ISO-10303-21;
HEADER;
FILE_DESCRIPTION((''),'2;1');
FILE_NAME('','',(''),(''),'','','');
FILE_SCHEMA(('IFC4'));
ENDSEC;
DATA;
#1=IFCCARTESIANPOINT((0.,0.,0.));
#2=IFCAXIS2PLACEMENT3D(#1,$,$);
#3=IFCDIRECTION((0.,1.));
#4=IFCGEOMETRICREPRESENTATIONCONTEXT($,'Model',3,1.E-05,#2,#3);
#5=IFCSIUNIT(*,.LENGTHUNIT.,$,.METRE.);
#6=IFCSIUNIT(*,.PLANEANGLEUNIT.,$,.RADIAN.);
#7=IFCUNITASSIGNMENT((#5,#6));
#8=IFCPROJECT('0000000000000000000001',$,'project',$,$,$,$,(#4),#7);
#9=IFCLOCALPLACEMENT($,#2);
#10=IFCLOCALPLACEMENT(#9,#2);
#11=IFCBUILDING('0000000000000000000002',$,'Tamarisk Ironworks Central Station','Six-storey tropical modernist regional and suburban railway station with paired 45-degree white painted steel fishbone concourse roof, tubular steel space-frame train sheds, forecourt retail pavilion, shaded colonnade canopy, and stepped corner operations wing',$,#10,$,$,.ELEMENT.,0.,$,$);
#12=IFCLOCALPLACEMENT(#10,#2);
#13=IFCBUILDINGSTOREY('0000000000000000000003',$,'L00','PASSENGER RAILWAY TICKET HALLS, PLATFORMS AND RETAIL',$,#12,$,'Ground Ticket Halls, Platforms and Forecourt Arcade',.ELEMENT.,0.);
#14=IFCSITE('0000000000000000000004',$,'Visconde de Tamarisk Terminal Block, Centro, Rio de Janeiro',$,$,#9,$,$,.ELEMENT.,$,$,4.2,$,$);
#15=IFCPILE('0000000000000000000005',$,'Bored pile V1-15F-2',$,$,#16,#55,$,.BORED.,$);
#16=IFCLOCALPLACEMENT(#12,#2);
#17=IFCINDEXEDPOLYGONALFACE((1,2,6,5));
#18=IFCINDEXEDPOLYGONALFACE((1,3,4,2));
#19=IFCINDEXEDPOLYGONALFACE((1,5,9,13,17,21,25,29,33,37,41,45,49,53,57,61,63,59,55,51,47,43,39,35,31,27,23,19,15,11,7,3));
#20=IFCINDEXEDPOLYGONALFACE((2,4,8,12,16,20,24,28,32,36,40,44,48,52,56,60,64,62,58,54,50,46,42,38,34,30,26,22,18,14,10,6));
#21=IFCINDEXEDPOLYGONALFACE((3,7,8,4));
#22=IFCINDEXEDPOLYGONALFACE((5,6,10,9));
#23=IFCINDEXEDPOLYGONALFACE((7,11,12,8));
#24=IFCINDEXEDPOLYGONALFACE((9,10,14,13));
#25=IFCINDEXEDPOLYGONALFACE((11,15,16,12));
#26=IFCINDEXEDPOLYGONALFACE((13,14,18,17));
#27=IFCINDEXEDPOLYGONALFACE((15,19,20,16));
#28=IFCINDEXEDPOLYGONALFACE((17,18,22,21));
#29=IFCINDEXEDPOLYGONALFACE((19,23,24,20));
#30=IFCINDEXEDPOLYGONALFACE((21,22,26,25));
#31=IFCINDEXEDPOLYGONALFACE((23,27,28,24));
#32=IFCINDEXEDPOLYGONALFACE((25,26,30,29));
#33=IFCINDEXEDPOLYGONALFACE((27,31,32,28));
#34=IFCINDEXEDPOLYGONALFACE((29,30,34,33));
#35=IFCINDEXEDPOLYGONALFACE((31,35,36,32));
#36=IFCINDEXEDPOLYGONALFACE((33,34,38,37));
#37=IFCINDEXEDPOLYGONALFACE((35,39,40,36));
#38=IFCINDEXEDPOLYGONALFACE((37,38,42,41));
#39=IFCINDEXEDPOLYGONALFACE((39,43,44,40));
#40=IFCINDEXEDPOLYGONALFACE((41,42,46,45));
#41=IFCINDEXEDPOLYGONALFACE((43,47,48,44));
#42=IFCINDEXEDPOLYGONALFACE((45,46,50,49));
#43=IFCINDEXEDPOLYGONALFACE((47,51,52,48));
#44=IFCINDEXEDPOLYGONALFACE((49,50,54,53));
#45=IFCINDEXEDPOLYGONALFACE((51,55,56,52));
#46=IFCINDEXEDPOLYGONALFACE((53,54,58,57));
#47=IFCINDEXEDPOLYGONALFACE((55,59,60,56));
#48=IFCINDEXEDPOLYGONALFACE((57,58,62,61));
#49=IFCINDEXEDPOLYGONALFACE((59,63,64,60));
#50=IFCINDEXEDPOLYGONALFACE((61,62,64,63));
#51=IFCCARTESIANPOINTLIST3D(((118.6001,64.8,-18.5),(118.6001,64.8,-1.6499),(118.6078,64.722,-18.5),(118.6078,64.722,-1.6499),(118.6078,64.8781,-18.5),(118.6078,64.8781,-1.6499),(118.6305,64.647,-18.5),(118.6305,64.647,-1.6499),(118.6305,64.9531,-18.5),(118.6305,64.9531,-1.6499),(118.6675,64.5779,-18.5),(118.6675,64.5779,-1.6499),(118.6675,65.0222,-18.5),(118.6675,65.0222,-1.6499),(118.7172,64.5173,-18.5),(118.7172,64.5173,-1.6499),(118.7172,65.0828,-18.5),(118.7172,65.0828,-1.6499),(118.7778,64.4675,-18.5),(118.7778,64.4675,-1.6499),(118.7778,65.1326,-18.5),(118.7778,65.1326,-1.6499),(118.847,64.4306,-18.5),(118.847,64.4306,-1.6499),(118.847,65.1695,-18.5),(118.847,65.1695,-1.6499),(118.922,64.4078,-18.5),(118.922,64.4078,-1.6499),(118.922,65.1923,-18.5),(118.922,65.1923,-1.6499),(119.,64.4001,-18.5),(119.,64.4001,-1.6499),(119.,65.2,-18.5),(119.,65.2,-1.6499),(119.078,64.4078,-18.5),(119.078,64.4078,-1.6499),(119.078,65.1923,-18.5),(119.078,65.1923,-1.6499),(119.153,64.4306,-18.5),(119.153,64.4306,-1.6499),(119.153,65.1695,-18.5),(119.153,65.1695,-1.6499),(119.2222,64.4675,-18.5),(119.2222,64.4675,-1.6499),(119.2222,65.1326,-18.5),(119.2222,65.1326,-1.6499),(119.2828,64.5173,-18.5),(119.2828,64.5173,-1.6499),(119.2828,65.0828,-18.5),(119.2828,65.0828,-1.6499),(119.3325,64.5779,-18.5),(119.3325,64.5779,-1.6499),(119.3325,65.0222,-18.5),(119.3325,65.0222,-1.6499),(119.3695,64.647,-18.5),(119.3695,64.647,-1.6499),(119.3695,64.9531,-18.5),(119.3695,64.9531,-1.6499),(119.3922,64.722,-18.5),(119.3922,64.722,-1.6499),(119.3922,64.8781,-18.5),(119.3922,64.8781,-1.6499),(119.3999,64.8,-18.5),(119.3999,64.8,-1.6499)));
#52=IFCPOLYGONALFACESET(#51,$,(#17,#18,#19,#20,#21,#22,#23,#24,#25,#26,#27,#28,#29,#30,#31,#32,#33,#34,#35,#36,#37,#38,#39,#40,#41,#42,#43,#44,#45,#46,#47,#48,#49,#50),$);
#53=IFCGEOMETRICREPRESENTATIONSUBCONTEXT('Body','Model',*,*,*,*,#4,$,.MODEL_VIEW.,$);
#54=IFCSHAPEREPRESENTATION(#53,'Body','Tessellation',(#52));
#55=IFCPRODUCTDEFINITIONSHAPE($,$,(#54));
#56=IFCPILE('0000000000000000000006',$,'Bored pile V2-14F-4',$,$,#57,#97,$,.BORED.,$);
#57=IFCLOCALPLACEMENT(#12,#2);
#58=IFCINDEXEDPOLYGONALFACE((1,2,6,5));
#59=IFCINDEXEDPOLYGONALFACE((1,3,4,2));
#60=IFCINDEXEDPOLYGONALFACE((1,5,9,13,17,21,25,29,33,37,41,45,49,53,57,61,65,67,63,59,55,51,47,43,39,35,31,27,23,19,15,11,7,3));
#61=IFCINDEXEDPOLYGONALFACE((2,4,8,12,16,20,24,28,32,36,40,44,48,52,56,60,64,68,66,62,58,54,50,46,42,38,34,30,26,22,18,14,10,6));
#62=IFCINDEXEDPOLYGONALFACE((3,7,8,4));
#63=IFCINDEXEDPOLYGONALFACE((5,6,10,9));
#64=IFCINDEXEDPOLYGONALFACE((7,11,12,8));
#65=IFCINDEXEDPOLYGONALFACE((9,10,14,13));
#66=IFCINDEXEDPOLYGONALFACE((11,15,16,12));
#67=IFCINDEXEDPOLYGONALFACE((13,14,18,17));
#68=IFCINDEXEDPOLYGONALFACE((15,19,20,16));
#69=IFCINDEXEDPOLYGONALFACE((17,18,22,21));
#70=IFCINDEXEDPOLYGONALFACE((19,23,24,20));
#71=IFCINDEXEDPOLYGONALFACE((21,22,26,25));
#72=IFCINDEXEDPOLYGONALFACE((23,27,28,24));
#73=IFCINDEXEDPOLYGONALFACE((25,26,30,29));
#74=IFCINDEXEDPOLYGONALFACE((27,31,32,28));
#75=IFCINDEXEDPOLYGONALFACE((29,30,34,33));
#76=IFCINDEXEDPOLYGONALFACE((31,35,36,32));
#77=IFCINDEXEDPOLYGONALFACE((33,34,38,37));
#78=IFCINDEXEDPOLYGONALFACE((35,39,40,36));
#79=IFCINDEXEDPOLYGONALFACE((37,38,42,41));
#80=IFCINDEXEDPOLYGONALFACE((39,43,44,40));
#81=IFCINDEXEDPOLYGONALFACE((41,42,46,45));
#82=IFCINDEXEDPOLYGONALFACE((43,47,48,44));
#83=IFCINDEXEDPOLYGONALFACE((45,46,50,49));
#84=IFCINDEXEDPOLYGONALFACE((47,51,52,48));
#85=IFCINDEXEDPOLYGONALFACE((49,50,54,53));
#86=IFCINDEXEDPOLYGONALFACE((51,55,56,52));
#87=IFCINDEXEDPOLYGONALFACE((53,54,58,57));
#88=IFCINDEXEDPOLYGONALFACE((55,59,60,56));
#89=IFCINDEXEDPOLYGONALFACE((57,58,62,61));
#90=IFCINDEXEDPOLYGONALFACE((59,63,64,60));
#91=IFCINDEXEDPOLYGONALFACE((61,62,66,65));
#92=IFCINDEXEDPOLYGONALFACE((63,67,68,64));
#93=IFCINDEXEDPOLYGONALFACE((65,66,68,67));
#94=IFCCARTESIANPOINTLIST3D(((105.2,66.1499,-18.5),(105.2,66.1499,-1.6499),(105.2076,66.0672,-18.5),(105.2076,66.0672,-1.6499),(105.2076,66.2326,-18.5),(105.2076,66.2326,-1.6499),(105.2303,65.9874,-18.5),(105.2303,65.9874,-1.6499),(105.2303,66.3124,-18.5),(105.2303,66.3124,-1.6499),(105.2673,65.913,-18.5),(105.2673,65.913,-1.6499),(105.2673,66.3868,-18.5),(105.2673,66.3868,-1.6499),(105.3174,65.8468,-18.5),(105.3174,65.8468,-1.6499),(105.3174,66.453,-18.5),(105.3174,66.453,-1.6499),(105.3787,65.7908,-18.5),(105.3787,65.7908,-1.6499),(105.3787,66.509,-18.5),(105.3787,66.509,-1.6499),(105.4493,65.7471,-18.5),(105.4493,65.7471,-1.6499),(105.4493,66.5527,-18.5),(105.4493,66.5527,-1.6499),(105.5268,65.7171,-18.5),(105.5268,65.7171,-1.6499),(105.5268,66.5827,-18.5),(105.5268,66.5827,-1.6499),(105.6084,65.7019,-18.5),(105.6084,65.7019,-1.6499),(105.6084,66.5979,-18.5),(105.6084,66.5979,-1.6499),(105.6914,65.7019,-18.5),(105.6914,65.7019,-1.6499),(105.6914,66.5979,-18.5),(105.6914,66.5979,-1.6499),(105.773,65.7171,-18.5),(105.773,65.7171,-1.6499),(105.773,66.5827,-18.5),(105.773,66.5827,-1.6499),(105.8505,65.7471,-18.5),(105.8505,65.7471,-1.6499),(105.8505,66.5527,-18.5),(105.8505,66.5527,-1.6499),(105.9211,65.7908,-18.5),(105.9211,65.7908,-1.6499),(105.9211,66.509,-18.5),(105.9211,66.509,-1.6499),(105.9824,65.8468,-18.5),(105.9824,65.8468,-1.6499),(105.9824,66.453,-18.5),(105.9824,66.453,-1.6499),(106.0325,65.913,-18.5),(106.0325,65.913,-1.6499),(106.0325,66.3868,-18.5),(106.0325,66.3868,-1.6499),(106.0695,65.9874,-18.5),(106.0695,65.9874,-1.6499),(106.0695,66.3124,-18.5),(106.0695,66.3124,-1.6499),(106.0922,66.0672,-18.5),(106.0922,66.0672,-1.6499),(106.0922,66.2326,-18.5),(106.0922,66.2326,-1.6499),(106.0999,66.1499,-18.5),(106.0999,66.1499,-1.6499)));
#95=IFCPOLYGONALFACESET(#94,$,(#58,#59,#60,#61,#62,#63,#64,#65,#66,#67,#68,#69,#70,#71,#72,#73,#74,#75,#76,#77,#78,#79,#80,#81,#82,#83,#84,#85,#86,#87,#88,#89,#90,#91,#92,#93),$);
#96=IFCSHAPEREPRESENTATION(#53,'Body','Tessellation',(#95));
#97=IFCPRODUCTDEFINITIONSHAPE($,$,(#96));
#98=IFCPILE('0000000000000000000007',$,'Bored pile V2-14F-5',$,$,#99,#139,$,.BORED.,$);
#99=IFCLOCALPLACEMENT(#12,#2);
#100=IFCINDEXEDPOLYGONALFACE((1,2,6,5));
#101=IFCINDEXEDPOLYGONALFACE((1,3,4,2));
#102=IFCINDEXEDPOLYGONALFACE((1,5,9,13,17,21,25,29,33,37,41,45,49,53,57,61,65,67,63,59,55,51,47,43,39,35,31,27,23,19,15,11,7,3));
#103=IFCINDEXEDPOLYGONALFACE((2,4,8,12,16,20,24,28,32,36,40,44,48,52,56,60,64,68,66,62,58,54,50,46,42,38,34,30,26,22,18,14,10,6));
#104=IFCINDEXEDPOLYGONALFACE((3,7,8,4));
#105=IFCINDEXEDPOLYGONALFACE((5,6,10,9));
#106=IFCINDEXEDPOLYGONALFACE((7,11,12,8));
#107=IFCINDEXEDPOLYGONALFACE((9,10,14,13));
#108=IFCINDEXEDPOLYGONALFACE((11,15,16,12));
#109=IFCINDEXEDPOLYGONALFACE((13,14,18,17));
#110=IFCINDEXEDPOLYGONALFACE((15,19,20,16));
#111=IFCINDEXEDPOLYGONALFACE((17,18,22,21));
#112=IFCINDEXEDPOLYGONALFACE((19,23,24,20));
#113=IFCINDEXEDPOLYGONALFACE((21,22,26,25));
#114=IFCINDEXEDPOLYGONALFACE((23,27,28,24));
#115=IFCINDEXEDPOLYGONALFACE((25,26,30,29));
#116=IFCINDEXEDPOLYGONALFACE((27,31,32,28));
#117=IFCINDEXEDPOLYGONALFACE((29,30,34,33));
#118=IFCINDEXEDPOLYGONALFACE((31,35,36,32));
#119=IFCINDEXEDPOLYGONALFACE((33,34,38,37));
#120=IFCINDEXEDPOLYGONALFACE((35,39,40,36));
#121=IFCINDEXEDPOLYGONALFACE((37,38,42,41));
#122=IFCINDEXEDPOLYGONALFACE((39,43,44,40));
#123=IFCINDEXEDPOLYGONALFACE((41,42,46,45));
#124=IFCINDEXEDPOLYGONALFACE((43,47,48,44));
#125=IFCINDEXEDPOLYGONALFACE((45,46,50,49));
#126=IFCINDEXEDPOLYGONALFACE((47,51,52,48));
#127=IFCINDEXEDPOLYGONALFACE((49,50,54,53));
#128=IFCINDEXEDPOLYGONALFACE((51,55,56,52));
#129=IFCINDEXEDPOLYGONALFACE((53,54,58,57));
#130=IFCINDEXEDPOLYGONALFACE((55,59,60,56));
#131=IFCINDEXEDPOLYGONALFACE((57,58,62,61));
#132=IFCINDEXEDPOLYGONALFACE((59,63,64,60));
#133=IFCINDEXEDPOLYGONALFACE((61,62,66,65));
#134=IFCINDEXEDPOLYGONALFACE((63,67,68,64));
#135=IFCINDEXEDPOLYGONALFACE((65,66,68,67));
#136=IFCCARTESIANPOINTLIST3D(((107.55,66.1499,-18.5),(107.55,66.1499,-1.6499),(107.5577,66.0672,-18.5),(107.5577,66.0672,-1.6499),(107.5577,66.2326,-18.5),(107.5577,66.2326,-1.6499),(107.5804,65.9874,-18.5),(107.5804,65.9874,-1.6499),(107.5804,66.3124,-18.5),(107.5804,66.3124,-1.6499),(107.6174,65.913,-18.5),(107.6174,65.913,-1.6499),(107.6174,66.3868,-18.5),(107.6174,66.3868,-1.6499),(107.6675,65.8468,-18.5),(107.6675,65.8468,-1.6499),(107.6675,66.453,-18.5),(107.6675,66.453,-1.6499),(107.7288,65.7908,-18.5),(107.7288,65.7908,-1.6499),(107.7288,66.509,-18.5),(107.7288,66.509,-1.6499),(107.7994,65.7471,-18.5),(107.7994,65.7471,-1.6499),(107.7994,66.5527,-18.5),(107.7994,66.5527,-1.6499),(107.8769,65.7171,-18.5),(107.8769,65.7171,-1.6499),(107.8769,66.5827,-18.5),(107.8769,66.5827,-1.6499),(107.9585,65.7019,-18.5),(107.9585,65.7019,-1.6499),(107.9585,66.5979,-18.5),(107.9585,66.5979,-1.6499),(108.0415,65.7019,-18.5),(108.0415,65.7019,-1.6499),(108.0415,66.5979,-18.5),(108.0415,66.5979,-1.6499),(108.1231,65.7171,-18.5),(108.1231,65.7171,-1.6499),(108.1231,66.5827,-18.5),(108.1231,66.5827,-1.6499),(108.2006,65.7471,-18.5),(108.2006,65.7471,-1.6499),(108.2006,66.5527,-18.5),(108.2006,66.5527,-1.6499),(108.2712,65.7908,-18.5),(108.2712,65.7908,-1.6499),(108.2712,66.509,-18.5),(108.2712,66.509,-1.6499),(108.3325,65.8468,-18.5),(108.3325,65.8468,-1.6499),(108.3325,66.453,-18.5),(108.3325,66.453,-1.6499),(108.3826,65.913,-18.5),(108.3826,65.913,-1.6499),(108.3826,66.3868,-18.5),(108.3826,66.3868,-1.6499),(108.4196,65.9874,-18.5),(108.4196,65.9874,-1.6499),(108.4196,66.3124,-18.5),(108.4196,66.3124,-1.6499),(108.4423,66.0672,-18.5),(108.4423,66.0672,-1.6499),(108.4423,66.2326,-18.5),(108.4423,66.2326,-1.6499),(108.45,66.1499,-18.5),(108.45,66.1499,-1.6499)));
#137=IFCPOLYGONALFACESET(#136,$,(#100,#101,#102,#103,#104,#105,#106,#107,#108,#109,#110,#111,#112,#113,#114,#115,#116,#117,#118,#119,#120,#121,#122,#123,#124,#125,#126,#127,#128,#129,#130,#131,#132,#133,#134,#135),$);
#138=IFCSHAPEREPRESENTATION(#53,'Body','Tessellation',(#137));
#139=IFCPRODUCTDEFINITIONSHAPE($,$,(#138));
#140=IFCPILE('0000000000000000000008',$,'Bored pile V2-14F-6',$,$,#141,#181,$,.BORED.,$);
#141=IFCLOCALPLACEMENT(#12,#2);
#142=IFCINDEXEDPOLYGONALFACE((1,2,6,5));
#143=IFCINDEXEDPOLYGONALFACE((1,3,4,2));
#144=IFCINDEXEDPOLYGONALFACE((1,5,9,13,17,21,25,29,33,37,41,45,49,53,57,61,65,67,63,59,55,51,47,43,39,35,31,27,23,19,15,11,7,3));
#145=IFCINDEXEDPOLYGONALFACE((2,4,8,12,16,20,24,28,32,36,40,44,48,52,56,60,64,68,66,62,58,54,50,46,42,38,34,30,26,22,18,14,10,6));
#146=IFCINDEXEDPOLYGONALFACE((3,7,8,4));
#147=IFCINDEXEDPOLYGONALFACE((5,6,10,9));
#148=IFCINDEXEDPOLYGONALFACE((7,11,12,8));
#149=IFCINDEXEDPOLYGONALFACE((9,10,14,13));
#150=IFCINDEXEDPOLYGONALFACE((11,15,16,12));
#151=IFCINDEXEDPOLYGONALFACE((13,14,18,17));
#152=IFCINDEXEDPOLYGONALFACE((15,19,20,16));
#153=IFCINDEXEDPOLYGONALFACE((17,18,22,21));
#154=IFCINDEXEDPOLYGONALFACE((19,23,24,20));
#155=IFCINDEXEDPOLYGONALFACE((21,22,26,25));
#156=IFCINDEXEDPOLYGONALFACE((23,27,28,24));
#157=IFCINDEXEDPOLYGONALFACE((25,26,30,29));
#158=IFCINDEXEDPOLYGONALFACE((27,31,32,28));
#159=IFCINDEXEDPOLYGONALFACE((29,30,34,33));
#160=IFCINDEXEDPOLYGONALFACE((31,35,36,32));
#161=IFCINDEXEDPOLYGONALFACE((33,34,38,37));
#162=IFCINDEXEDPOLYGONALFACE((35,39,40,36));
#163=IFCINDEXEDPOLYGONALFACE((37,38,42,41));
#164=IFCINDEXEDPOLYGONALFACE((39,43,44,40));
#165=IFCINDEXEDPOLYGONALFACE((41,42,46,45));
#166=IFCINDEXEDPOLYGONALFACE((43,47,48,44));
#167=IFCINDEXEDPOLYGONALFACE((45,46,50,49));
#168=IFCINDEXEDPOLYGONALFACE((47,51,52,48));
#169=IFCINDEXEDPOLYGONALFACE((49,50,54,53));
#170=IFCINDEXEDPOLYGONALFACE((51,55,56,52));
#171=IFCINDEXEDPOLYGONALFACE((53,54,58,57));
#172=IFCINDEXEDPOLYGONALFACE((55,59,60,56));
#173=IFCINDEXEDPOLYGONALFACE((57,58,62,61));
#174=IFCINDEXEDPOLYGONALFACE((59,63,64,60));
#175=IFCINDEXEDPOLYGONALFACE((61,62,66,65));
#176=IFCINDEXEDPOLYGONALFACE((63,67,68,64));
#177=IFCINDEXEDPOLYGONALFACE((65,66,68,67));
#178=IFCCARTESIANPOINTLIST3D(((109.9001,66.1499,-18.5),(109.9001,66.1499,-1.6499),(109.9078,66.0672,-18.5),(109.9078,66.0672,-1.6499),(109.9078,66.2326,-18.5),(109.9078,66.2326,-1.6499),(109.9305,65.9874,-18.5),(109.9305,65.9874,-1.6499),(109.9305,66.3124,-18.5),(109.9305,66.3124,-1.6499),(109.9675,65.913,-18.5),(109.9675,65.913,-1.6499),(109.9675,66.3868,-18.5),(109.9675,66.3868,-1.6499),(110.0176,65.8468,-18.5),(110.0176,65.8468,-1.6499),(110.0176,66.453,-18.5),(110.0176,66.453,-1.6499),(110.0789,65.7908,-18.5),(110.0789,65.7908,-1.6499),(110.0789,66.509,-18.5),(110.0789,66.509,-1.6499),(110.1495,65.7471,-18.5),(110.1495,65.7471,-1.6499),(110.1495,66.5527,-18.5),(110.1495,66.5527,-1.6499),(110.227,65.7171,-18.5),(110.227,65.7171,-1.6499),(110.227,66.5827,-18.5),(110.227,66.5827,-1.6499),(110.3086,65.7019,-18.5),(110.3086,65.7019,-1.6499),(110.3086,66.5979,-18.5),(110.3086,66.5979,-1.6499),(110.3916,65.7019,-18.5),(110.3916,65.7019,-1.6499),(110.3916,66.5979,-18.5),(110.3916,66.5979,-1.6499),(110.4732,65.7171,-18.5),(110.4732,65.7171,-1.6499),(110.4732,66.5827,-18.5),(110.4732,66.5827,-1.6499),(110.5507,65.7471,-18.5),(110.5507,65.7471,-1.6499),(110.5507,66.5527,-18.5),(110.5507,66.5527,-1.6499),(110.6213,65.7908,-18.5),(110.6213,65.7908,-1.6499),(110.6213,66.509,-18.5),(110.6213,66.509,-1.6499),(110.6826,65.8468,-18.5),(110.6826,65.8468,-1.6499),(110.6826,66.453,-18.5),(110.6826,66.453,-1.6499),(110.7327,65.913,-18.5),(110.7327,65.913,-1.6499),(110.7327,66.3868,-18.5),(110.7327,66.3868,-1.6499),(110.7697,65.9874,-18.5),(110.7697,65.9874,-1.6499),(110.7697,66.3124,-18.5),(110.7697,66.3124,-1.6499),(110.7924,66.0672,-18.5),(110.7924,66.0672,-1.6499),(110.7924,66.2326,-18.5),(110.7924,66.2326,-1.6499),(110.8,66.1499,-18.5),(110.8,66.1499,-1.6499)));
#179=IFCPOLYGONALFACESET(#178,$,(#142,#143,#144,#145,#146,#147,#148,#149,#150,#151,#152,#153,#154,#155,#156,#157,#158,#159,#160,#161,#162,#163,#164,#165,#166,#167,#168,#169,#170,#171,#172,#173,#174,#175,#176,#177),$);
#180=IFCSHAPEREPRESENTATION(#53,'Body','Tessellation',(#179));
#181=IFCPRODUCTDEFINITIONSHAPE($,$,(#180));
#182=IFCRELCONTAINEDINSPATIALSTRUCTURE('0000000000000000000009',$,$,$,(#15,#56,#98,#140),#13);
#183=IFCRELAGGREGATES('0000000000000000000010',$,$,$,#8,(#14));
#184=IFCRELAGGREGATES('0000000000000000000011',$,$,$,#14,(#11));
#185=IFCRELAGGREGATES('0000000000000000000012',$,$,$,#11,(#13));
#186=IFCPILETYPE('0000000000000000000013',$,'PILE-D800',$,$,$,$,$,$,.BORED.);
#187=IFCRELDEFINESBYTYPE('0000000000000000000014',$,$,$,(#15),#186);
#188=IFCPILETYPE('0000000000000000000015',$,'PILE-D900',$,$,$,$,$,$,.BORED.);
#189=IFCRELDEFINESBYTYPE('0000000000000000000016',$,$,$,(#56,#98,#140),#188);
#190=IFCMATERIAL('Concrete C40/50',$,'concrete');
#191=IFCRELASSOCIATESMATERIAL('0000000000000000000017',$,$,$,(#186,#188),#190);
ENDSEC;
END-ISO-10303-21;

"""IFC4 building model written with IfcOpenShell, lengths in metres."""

from ifc_helpers import new_model, si_unit, direction, frame, origin, origin_2d, place, context, subcontext, project, spatial, circle, extrude, material, material_profile, profile_set, type_object, element, save


model = new_model("IFC4")

# Units and contexts
model_context = context("Model", 3, precision=1e-05, world=origin(), true_north=direction((0.0, 1.0)))
body_context = subcontext(model_context, "Body", "Model", "MODEL_VIEW")
ifc_project = project(units=[si_unit("LENGTHUNIT", "METRE"), si_unit("PLANEANGLEUNIT", "RADIAN")], contexts=[model_context])

# Site, building, storey
site_placement = place(None, origin())
site = spatial("IfcSite", under=ifc_project, at=site_placement, Name="Visconde de Tamarisk Terminal Block, Centro, Rio de Janeiro", CompositionType="ELEMENT", RefElevation=4.2)
building_placement = place(site_placement, origin())
building = spatial("IfcBuilding", under=site, at=building_placement, Name="Tamarisk Ironworks Central Station", Description="Six-storey tropical modernist regional and suburban railway station with paired 45-degree white painted steel fishbone concourse roof, tubular steel space-frame train sheds, forecourt retail pavilion, shaded colonnade canopy, and stepped corner operations wing", CompositionType="ELEMENT", ElevationOfRefHeight=0.0)
storey_placement = place(building_placement, origin())
storey = spatial("IfcBuildingStorey", under=building, at=storey_placement, Name="L00", Description="PASSENGER RAILWAY TICKET HALLS, PLATFORMS AND RETAIL", LongName="Ground Ticket Halls, Platforms and Forecourt Arcade", CompositionType="ELEMENT", Elevation=0.0)

# Shared definitions
ifc_material_1 = material(Name="Concrete C40/50", Category="concrete")

# Piles
ifc_material_profile_1 = material_profile(ifc_material_1, circle(Radius=0.3999, at=origin_2d()), Name="BORED PILE D800")
ifc_profile_set_1 = profile_set([ifc_material_profile_1], Name="Concrete C40/50")
pile_type_1 = type_object("IfcPileType", Name="PILE-D800", PredefinedType="BORED", material=ifc_profile_set_1)
pile_placement = place(storey_placement, frame((119.0, 64.8, -1.6499), z_axis=(0.0, 0.0, -1.0), x_axis=(1.0, 0.0, 0.0)))
element("IfcPile", 1, at=pile_placement, inside=storey, type_object=pile_type_1, Name="Bored pile V1-15F-2", PredefinedType="BORED", context=body_context, shape_type="SweptSolid", body=[
    extrude(circle(Radius=0.3999, at=origin_2d()), origin(), (0.0, 0.0, 1.0), 16.8501),
])
ifc_material_profile_2 = material_profile(ifc_material_1, circle(Radius=0.45, at=origin_2d()), Name="BORED PILE D900")
ifc_profile_set_2 = profile_set([ifc_material_profile_2], Name="Concrete C40/50")
pile_type_2 = type_object("IfcPileType", Name="PILE-D900", PredefinedType="BORED", material=ifc_profile_set_2)
for number, where, z_axis, x_axis, name in (
    (2, (105.6499, 66.1499, -1.6499), (0.0, 0.0, -1.0), (1.0, 0.0, 0.0), "Bored pile V2-14F-4"),
    (3, (108.0, 66.1499, -1.6499), (0.0, 0.0, -1.0), (1.0, 0.0, 0.0), "Bored pile V2-14F-5"),
    (4, (110.3501, 66.1499, -1.6499), (0.0, 0.0, -1.0), (1.0, 0.0, 0.0), "Bored pile V2-14F-6"),
):
    element("IfcPile", number, at=place(storey_placement, frame(where, z_axis=z_axis, x_axis=x_axis)), inside=storey, type_object=pile_type_2, Name=name, PredefinedType="BORED", context=body_context, shape_type="SweptSolid", body=[
        extrude(circle(Radius=0.45, at=origin_2d()), origin(), (0.0, 0.0, 1.0), 16.8501),
    ])

save(model, "model.ifc")
